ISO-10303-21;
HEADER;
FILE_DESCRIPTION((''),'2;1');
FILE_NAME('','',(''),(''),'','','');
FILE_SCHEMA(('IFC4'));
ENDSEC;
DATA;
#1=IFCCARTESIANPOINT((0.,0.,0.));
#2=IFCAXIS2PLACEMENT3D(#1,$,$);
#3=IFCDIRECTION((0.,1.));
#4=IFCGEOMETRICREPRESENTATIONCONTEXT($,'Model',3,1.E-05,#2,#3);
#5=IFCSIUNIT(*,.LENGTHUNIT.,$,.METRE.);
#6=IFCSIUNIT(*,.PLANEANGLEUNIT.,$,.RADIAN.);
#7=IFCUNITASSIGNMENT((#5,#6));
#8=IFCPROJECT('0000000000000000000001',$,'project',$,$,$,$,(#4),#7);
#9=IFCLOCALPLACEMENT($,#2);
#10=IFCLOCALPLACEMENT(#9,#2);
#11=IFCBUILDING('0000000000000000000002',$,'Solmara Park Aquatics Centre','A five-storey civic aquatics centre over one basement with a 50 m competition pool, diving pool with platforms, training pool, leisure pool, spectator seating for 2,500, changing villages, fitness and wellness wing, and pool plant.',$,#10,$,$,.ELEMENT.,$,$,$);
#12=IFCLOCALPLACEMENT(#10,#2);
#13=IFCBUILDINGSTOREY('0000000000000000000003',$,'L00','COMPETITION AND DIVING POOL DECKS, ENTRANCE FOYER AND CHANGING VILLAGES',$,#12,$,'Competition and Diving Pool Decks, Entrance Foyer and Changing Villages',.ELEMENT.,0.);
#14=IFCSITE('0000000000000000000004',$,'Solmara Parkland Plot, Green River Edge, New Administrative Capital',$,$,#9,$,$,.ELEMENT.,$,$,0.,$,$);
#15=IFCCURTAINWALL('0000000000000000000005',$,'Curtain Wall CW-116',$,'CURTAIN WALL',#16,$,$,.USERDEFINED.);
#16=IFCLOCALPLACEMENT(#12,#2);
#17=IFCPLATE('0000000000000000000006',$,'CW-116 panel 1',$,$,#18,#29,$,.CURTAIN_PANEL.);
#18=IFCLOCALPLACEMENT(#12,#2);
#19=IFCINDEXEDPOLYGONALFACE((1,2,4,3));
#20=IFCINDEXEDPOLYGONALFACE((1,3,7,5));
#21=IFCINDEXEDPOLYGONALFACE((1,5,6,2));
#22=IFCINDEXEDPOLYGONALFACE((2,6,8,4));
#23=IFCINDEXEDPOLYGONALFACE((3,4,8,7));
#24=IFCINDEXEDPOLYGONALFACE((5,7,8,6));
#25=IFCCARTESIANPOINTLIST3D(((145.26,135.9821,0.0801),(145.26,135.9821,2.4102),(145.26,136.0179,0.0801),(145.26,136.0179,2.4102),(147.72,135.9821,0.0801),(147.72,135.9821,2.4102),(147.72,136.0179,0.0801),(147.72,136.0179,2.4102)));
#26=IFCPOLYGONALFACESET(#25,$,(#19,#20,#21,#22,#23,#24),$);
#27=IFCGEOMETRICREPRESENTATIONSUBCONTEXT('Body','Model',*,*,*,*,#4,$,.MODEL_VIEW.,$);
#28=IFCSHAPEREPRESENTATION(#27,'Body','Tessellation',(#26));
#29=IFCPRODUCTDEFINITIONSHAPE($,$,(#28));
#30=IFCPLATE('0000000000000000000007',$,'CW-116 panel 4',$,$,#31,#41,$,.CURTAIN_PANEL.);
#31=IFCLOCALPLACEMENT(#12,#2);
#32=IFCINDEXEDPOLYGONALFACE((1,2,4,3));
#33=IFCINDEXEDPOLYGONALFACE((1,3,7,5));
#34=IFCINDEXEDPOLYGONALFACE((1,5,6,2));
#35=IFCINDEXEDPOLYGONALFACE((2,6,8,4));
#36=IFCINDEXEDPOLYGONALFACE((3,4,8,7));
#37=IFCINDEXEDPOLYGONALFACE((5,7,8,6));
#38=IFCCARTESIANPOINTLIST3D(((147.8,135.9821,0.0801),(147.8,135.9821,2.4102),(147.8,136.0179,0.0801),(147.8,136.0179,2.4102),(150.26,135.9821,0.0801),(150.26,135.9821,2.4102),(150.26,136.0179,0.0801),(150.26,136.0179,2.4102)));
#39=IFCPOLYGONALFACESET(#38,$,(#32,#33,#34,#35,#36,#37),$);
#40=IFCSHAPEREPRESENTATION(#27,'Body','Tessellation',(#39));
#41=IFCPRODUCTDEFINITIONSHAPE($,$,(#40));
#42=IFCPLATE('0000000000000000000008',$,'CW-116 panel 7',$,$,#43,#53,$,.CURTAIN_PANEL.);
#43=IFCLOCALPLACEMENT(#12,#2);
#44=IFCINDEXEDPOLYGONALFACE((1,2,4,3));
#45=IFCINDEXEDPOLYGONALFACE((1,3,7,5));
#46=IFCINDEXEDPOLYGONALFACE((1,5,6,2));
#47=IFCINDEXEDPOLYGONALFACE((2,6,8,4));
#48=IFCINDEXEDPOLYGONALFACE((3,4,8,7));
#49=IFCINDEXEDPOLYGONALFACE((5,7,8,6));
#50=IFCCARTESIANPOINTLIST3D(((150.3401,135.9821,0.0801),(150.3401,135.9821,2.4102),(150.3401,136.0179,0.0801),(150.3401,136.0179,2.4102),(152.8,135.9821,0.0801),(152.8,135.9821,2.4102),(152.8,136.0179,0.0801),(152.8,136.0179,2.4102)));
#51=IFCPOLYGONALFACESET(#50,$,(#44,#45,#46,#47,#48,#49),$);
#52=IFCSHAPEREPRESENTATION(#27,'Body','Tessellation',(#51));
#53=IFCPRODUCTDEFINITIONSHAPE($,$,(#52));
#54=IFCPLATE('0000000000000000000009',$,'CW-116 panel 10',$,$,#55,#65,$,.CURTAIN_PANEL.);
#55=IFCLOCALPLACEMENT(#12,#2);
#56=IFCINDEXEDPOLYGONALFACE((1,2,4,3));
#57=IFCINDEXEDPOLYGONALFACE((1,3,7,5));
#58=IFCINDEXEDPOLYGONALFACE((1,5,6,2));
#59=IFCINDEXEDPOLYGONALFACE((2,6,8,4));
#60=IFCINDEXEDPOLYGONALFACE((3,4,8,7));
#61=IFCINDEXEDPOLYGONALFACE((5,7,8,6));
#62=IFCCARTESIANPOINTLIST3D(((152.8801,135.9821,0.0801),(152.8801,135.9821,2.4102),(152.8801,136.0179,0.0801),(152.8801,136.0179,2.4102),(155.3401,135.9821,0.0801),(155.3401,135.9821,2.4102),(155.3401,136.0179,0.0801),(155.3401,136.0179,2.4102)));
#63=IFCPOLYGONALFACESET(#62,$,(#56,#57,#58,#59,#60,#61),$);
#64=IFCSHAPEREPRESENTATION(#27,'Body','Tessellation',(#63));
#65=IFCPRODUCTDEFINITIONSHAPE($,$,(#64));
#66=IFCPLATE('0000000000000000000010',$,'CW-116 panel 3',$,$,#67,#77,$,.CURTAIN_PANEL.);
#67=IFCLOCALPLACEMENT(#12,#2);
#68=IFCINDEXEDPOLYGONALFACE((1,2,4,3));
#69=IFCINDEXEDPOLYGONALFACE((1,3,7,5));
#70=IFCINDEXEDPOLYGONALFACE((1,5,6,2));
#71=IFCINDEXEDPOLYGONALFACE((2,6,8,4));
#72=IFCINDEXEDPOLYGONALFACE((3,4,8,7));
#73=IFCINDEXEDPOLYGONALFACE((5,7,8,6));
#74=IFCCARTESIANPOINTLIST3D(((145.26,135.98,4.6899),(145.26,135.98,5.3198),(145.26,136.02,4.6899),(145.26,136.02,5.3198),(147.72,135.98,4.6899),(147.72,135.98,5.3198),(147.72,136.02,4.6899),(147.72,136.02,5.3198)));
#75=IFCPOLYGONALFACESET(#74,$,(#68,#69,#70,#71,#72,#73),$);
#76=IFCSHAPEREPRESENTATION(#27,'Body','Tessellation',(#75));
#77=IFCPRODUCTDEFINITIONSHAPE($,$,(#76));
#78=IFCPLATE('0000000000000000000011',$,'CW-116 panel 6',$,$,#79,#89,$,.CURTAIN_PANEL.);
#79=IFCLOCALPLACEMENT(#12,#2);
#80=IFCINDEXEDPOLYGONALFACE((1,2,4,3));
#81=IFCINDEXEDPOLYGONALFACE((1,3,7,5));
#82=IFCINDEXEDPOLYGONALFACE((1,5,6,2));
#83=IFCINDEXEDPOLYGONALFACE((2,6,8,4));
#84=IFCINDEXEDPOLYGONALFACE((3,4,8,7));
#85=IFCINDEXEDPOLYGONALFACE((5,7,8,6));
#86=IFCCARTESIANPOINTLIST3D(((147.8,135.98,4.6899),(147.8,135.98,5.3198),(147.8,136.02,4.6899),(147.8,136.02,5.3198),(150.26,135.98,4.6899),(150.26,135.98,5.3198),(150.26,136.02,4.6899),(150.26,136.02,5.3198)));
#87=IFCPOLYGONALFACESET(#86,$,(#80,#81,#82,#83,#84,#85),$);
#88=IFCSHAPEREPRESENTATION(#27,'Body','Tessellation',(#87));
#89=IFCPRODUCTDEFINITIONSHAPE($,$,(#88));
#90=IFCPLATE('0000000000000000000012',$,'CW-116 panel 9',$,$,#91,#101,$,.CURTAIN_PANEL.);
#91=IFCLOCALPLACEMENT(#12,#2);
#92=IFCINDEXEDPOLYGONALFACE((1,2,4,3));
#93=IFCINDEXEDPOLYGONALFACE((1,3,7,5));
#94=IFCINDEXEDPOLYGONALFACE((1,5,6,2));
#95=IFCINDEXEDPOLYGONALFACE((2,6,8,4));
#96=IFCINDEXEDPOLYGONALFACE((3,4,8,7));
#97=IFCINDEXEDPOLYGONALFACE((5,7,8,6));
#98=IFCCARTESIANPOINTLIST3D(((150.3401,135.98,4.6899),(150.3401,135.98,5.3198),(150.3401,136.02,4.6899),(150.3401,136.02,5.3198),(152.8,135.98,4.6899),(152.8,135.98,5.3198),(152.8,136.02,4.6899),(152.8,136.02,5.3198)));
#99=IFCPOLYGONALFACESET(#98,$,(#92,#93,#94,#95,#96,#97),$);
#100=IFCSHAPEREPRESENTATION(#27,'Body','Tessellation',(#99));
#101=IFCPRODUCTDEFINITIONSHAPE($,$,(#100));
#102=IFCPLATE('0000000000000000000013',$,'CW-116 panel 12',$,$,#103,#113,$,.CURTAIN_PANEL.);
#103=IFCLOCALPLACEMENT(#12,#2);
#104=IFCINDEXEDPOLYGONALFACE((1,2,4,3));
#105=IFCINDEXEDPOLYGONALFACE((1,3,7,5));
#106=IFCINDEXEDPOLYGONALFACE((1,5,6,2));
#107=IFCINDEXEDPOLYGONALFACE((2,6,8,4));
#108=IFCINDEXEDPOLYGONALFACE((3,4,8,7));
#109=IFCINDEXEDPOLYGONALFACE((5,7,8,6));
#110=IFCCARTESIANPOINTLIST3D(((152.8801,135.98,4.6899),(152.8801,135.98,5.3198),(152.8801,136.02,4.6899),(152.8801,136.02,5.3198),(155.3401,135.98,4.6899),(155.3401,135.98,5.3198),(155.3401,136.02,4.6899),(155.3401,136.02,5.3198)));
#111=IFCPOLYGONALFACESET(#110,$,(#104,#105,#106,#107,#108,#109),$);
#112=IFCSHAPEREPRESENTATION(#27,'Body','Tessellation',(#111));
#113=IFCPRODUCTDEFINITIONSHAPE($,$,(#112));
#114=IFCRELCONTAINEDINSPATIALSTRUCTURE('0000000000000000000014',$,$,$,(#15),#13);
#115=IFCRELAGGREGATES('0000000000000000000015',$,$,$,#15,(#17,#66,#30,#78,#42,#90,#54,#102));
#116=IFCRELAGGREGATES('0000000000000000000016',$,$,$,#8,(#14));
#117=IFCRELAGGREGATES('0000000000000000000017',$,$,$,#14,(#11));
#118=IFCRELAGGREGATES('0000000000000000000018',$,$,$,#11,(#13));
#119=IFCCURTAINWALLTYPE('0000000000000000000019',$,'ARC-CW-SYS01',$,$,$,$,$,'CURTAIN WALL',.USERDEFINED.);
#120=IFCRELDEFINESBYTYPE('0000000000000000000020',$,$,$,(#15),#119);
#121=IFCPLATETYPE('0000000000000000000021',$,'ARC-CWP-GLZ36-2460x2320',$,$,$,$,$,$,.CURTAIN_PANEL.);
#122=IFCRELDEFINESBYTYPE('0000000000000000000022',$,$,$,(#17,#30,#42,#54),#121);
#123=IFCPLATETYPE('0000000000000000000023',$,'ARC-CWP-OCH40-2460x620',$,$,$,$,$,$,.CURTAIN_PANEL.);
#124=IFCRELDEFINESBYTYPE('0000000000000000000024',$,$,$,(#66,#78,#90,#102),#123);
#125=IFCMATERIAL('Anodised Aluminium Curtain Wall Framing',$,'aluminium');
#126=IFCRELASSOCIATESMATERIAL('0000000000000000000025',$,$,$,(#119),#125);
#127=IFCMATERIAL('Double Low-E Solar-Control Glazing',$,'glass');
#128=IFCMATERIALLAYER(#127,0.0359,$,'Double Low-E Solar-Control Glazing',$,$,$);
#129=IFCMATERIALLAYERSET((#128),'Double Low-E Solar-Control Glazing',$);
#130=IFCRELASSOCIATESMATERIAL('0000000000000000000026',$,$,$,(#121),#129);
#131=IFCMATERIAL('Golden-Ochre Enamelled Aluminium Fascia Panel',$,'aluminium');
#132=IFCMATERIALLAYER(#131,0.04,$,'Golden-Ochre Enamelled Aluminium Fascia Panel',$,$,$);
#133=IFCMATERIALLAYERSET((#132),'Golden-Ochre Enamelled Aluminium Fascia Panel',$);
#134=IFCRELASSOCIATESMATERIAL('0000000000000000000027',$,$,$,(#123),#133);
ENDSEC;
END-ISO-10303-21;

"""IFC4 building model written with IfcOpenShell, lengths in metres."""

from ifc_helpers import new_model, si_unit, direction, frame, origin, origin_2d, place, context, subcontext, project, spatial, rectangle, extrude, material, layer, layer_set, type_object, element, aggregate, save


model = new_model("IFC4")

# Units and contexts
model_context = context("Model", 3, precision=1e-05, world=origin(), true_north=direction((0.0, 1.0)))
body_context = subcontext(model_context, "Body", "Model", "MODEL_VIEW")
ifc_project = project(units=[si_unit("LENGTHUNIT", "METRE"), si_unit("PLANEANGLEUNIT", "RADIAN")], contexts=[model_context])

# Site, building, storey
site_placement = place(None, origin())
site = spatial("IfcSite", under=ifc_project, at=site_placement, Name="Solmara Parkland Plot, Green River Edge, New Administrative Capital", CompositionType="ELEMENT", RefElevation=0.0)
building_placement = place(site_placement, origin())
building = spatial("IfcBuilding", under=site, at=building_placement, Name="Solmara Park Aquatics Centre", Description="A five-storey civic aquatics centre over one basement with a 50 m competition pool, diving pool with platforms, training pool, leisure pool, spectator seating for 2,500, changing villages, fitness and wellness wing, and pool plant.", CompositionType="ELEMENT")
storey_placement = place(building_placement, origin())
storey = spatial("IfcBuildingStorey", under=building, at=storey_placement, Name="L00", Description="COMPETITION AND DIVING POOL DECKS, ENTRANCE FOYER AND CHANGING VILLAGES", LongName="Competition and Diving Pool Decks, Entrance Foyer and Changing Villages", CompositionType="ELEMENT", Elevation=0.0)

# Shared definitions
ifc_material_1 = material(Name="Anodised Aluminium Curtain Wall Framing", Category="aluminium")
curtain_wall_type = type_object("IfcCurtainWallType", Name="ARC-CW-SYS01", ElementType="CURTAIN WALL", PredefinedType="USERDEFINED", material=ifc_material_1)

# Curtain wall, plates
curtain_wall_1_placement = place(storey_placement, origin())
curtain_wall_1 = element("IfcCurtainWall", 1, at=curtain_wall_1_placement, inside=storey, type_object=curtain_wall_type, Name="Curtain Wall CW-116", ObjectType="CURTAIN WALL", PredefinedType="USERDEFINED")
ifc_material_2 = material(Name="Double Low-E Solar-Control Glazing", Category="glass")
ifc_layer_1 = layer(ifc_material_2, 0.0359, Name="Double Low-E Solar-Control Glazing")
ifc_layer_set_1 = layer_set([ifc_layer_1], Name="Double Low-E Solar-Control Glazing")
plate_type_1 = type_object("IfcPlateType", Name="ARC-CWP-GLZ36-2460x2320", PredefinedType="CURTAIN_PANEL", material=ifc_layer_set_1)
plate_1_placement = place(storey_placement, frame((146.49, 136.0, 0.0801), z_axis=(0.0, 0.0, 1.0), x_axis=(1.0, 0.0, 0.0)))
plate_1 = element("IfcPlate", 2, at=plate_1_placement, type_object=plate_type_1, Name="CW-116 panel 1", PredefinedType="CURTAIN_PANEL", context=body_context, shape_type="SweptSolid", body=[
    extrude(rectangle(XDim=2.46, YDim=0.0359, at=origin_2d()), origin(), (0.0, 0.0, 1.0), 2.3301),
])
plate_2_placement = place(storey_placement, frame((149.03, 136.0, 0.0801), z_axis=(0.0, 0.0, 1.0), x_axis=(1.0, 0.0, 0.0)))
plate_2 = element("IfcPlate", 3, at=plate_2_placement, type_object=plate_type_1, Name="CW-116 panel 4", PredefinedType="CURTAIN_PANEL", context=body_context, shape_type="SweptSolid", body=[
    extrude(rectangle(XDim=2.46, YDim=0.0359, at=origin_2d()), origin(), (0.0, 0.0, 1.0), 2.3301),
])
plate_3_placement = place(storey_placement, frame((151.5701, 136.0, 0.0801), z_axis=(0.0, 0.0, 1.0), x_axis=(1.0, 0.0, 0.0)))
plate_3 = element("IfcPlate", 4, at=plate_3_placement, type_object=plate_type_1, Name="CW-116 panel 7", PredefinedType="CURTAIN_PANEL", context=body_context, shape_type="SweptSolid", body=[
    extrude(rectangle(XDim=2.46, YDim=0.0359, at=origin_2d()), origin(), (0.0, 0.0, 1.0), 2.3301),
])
plate_4_placement = place(storey_placement, frame((154.1101, 136.0, 0.0801), z_axis=(0.0, 0.0, 1.0), x_axis=(1.0, 0.0, 0.0)))
plate_4 = element("IfcPlate", 5, at=plate_4_placement, type_object=plate_type_1, Name="CW-116 panel 10", PredefinedType="CURTAIN_PANEL", context=body_context, shape_type="SweptSolid", body=[
    extrude(rectangle(XDim=2.46, YDim=0.0359, at=origin_2d()), origin(), (0.0, 0.0, 1.0), 2.3301),
])
ifc_material_3 = material(Name="Golden-Ochre Enamelled Aluminium Fascia Panel", Category="aluminium")
ifc_layer_2 = layer(ifc_material_3, 0.04, Name="Golden-Ochre Enamelled Aluminium Fascia Panel")
ifc_layer_set_2 = layer_set([ifc_layer_2], Name="Golden-Ochre Enamelled Aluminium Fascia Panel")
plate_type_2 = type_object("IfcPlateType", Name="ARC-CWP-OCH40-2460x620", PredefinedType="CURTAIN_PANEL", material=ifc_layer_set_2)
plate_5_placement = place(storey_placement, frame((146.49, 136.0, 4.6899), z_axis=(0.0, 0.0, 1.0), x_axis=(1.0, 0.0, 0.0)))
plate_5 = element("IfcPlate", 6, at=plate_5_placement, type_object=plate_type_2, Name="CW-116 panel 3", PredefinedType="CURTAIN_PANEL", context=body_context, shape_type="SweptSolid", body=[
    extrude(rectangle(XDim=2.46, YDim=0.04, at=origin_2d()), origin(), (0.0, 0.0, 1.0), 0.6299),
])
plate_6_placement = place(storey_placement, frame((149.03, 136.0, 4.6899), z_axis=(0.0, 0.0, 1.0), x_axis=(1.0, 0.0, 0.0)))
plate_6 = element("IfcPlate", 7, at=plate_6_placement, type_object=plate_type_2, Name="CW-116 panel 6", PredefinedType="CURTAIN_PANEL", context=body_context, shape_type="SweptSolid", body=[
    extrude(rectangle(XDim=2.46, YDim=0.04, at=origin_2d()), origin(), (0.0, 0.0, 1.0), 0.6299),
])
plate_7_placement = place(storey_placement, frame((151.5701, 136.0, 4.6899), z_axis=(0.0, 0.0, 1.0), x_axis=(1.0, 0.0, 0.0)))
plate_7 = element("IfcPlate", 8, at=plate_7_placement, type_object=plate_type_2, Name="CW-116 panel 9", PredefinedType="CURTAIN_PANEL", context=body_context, shape_type="SweptSolid", body=[
    extrude(rectangle(XDim=2.46, YDim=0.04, at=origin_2d()), origin(), (0.0, 0.0, 1.0), 0.6299),
])
plate_8_placement = place(storey_placement, frame((154.1101, 136.0, 4.6899), z_axis=(0.0, 0.0, 1.0), x_axis=(1.0, 0.0, 0.0)))
plate_8 = element("IfcPlate", 9, at=plate_8_placement, type_object=plate_type_2, Name="CW-116 panel 12", PredefinedType="CURTAIN_PANEL", context=body_context, shape_type="SweptSolid", body=[
    extrude(rectangle(XDim=2.46, YDim=0.04, at=origin_2d()), origin(), (0.0, 0.0, 1.0), 0.6299),
])
aggregate(curtain_wall_1, [plate_1, plate_5, plate_2, plate_6, plate_3, plate_7, plate_4, plate_8])

save(model, "model.ifc")
